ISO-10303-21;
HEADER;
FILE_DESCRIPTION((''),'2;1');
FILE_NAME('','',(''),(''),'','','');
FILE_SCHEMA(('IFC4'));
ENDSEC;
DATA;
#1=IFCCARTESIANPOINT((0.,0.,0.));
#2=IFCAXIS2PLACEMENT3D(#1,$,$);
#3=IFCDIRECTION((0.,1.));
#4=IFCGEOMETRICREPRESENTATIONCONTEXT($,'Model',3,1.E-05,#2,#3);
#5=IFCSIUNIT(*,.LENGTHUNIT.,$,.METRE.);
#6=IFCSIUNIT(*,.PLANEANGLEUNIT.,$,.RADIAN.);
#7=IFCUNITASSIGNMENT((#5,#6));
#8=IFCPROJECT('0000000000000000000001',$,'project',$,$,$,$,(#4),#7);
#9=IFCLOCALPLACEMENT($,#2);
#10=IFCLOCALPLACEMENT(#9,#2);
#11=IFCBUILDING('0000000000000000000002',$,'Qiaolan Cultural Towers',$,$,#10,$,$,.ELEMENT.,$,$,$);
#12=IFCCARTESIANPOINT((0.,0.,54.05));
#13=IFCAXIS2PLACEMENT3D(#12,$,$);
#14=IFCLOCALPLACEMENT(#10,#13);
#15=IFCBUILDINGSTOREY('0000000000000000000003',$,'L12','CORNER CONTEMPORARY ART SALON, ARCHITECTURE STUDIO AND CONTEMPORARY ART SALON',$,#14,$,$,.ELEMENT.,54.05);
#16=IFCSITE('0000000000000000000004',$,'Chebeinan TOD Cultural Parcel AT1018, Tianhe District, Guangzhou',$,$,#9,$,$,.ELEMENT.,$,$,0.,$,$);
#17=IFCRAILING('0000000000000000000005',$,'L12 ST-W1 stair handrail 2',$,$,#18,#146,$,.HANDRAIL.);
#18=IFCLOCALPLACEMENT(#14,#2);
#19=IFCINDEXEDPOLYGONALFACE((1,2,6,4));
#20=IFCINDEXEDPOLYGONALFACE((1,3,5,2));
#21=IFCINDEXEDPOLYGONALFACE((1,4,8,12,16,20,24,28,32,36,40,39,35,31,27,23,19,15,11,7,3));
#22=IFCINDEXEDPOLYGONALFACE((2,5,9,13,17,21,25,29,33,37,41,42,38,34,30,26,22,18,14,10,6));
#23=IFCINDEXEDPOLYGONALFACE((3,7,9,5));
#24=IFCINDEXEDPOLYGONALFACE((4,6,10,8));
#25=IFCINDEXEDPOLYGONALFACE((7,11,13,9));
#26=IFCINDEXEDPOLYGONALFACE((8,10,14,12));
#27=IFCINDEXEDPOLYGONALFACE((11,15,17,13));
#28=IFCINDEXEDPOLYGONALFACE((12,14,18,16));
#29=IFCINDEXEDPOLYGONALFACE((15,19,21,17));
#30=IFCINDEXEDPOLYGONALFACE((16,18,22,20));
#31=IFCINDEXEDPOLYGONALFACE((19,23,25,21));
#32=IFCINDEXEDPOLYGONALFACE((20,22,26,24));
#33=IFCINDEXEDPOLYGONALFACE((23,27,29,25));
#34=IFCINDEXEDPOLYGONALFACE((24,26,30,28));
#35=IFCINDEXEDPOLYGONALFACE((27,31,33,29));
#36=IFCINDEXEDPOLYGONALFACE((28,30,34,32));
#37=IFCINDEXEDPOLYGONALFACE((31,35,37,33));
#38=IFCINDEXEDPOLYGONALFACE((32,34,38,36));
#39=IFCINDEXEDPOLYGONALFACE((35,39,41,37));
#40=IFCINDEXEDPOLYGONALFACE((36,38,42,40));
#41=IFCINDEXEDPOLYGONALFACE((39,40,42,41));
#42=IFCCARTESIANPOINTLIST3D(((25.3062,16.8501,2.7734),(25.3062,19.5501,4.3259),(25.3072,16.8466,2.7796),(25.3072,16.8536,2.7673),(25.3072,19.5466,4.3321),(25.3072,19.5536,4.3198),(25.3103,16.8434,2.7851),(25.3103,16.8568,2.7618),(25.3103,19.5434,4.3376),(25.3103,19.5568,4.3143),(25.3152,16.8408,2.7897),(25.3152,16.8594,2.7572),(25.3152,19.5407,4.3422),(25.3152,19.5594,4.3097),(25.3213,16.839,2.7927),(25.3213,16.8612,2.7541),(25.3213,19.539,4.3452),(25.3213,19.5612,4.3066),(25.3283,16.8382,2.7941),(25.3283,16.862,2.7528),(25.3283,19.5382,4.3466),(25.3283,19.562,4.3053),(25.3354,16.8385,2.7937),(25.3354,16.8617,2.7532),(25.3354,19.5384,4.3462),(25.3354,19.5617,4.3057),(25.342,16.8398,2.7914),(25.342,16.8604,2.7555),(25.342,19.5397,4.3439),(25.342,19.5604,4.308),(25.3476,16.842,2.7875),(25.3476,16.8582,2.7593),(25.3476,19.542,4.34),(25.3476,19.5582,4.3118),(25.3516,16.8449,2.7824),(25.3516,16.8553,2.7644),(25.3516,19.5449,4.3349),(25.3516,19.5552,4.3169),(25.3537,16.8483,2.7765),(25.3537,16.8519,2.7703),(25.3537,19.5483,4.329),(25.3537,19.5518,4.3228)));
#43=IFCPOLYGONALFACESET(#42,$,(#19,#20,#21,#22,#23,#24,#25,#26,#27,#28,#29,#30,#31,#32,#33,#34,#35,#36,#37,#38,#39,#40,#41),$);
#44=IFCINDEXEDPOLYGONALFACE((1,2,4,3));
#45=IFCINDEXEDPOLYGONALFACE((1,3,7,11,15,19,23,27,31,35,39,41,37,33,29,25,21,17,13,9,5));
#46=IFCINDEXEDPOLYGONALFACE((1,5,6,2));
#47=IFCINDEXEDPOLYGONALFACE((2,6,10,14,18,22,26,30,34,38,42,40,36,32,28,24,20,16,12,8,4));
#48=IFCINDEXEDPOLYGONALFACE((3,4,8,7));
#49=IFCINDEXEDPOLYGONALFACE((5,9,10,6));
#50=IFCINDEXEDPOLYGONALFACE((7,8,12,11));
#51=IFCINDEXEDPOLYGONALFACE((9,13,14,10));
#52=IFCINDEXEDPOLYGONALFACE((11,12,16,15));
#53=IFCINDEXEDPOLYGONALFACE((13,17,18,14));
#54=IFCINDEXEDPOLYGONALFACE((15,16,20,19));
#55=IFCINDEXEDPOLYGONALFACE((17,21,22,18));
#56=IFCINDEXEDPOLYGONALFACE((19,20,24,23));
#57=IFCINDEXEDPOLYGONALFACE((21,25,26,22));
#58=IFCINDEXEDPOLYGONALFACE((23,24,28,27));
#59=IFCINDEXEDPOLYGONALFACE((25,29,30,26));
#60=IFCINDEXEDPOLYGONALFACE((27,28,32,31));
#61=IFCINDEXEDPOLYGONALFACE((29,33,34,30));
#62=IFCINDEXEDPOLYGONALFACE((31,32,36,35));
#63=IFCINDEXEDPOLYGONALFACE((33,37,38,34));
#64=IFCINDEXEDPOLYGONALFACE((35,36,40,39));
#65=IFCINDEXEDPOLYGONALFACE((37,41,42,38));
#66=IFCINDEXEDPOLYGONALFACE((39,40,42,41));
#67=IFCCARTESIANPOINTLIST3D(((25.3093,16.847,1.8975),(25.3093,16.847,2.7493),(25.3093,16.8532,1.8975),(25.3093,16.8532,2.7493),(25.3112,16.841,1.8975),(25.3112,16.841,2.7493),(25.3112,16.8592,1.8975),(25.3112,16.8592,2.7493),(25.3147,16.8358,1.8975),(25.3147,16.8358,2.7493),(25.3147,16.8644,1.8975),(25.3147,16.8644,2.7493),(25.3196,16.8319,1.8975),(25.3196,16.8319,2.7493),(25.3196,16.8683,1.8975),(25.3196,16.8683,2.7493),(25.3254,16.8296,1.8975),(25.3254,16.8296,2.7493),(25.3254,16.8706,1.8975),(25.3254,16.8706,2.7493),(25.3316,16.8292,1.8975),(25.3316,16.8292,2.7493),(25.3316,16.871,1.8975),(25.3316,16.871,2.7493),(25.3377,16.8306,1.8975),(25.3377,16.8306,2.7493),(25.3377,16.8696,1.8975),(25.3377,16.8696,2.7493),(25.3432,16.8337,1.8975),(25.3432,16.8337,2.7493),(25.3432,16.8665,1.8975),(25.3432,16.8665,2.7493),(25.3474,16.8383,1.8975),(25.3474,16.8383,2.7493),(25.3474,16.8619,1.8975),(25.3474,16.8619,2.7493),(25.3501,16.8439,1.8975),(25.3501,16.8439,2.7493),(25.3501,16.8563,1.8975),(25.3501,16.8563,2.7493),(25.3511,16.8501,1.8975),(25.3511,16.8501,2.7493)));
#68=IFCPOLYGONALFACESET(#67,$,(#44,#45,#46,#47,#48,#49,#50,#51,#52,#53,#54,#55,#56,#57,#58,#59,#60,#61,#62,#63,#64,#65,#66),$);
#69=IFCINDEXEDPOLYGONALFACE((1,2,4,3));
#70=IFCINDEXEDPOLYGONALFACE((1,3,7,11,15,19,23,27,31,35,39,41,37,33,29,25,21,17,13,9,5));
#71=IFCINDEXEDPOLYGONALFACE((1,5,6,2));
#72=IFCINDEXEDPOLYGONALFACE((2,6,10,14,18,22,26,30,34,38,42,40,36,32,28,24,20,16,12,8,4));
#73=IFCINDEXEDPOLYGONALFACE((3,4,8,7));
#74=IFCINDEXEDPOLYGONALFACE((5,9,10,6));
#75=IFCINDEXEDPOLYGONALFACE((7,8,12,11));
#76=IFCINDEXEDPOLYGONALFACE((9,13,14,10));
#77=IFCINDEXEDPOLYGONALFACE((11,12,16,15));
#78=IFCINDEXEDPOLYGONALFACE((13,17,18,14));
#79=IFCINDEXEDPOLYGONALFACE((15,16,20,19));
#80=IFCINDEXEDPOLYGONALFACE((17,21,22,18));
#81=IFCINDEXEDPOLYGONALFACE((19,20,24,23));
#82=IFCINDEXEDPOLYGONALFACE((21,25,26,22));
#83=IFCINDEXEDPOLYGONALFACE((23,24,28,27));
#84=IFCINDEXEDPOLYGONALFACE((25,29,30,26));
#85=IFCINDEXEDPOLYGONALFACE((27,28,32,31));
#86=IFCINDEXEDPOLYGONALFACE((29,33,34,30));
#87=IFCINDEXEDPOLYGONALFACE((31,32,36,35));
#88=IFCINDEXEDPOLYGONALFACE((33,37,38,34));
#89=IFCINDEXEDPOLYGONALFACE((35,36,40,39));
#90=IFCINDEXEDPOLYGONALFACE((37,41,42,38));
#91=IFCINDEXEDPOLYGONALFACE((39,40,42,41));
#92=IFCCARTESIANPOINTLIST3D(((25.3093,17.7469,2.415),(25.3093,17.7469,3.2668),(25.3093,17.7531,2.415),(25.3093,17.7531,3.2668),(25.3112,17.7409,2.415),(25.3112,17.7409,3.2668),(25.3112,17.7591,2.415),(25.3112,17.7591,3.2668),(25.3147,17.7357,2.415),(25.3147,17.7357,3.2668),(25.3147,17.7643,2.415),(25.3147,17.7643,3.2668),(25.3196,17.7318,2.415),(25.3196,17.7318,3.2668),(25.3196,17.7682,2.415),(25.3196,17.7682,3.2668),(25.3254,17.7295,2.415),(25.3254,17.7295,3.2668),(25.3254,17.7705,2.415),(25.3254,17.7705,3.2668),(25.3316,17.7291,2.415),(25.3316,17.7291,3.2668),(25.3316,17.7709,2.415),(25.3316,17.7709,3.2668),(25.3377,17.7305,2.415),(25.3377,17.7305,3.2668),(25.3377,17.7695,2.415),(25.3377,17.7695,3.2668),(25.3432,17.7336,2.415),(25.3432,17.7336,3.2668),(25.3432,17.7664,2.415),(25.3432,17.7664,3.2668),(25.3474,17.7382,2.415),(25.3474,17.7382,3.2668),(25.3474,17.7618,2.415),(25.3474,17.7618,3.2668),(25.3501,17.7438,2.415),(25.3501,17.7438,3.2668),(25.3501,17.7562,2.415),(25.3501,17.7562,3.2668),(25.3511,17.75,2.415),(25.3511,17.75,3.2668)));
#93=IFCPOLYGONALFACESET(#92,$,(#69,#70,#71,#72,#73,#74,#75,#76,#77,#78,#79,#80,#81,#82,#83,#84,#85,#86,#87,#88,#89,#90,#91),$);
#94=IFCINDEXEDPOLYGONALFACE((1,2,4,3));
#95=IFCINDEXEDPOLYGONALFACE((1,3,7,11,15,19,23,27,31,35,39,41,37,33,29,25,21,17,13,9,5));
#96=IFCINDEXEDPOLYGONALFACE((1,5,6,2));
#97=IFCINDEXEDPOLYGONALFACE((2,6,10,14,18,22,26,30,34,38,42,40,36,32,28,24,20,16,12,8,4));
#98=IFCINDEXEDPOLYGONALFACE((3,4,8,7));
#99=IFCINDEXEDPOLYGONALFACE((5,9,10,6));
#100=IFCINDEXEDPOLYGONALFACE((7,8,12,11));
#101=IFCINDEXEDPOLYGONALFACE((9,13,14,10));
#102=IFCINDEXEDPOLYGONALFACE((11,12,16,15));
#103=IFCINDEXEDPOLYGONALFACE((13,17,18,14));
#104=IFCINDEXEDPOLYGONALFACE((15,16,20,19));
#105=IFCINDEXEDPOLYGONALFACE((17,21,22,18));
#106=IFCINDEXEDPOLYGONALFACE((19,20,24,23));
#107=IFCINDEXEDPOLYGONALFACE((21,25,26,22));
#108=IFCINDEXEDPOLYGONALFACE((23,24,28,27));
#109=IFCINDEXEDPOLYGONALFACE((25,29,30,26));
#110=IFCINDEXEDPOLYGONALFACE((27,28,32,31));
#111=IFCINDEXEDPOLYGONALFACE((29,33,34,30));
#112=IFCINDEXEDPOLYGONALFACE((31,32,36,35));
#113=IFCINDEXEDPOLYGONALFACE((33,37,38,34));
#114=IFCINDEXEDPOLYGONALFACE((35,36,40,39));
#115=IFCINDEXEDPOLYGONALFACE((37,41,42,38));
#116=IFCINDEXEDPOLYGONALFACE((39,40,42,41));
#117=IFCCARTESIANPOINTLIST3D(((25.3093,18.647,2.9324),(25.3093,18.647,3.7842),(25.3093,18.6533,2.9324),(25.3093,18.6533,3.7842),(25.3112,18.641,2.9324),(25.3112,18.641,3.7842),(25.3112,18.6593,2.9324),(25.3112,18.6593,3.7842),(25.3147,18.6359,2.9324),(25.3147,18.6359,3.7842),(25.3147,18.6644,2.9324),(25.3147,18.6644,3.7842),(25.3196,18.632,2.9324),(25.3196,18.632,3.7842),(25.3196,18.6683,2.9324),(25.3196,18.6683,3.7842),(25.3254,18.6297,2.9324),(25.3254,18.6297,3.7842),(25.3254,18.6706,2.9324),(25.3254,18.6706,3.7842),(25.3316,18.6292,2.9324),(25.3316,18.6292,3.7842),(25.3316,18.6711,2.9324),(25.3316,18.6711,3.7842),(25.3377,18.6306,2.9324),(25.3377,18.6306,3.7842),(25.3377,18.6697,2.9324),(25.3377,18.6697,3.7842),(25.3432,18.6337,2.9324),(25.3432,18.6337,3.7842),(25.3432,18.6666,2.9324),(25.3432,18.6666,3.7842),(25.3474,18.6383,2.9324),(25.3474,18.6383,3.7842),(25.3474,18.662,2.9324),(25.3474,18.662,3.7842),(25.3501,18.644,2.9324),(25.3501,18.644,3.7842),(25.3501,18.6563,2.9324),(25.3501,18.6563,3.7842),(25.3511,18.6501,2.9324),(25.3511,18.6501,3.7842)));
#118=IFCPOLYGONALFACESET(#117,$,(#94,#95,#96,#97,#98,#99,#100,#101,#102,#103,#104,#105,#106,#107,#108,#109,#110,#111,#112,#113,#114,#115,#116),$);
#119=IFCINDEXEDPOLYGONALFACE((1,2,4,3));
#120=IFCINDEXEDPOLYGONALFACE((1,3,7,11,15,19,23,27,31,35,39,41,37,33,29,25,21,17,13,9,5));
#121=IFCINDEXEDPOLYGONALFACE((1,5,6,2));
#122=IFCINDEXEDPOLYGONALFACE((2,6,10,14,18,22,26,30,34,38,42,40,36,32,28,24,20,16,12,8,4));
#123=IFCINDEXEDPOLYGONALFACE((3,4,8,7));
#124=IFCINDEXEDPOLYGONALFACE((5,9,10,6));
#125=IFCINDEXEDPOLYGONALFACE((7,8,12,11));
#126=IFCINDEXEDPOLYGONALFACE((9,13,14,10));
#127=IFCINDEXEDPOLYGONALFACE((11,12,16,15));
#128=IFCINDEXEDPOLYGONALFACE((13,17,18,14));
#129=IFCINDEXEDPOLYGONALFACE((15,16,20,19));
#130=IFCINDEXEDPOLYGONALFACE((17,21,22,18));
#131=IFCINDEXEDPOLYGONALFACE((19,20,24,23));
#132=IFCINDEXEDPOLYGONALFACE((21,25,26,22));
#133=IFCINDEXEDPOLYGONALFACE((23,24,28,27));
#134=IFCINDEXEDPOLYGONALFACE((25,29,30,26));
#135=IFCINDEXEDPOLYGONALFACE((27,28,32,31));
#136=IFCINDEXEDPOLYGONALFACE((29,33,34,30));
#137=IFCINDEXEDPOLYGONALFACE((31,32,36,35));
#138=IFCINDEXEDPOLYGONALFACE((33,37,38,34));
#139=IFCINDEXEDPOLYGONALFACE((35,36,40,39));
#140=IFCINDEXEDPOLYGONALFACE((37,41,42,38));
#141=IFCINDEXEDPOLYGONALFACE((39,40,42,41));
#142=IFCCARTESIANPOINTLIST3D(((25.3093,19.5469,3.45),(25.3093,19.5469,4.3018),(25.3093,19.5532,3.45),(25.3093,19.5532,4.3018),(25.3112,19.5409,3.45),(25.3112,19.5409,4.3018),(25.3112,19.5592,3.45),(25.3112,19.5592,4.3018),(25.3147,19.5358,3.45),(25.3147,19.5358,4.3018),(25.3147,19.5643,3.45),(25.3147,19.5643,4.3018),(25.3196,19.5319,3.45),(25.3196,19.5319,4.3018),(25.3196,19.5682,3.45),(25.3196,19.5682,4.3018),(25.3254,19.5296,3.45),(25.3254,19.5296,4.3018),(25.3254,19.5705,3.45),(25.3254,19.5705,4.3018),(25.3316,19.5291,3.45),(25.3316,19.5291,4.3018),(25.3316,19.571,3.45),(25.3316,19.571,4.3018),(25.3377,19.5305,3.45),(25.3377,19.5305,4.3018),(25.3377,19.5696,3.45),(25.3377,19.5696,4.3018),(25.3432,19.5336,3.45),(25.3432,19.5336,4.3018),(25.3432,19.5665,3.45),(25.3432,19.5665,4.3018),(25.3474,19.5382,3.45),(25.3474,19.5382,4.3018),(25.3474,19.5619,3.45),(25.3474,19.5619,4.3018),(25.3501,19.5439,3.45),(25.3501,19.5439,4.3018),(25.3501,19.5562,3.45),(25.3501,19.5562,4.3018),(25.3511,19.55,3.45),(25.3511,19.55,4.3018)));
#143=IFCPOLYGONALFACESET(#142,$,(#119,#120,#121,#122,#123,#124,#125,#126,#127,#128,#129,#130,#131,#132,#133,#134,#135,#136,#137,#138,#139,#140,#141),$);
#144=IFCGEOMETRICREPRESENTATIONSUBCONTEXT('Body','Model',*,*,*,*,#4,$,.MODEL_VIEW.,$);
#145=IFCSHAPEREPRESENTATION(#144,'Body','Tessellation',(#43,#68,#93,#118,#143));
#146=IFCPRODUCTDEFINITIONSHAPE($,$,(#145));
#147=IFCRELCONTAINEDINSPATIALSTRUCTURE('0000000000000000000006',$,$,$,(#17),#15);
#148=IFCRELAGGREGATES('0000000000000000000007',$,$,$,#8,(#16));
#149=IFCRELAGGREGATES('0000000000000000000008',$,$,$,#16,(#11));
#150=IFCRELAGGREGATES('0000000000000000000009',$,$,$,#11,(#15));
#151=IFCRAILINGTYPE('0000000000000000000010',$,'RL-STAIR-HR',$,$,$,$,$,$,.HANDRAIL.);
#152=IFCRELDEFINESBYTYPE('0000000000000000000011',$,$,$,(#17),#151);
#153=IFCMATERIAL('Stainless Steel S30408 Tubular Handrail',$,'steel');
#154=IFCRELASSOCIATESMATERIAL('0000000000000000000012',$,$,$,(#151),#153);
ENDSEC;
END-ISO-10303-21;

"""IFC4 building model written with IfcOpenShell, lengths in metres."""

from ifc_helpers import new_model, si_unit, direction, frame, origin, origin_2d, place, context, subcontext, project, spatial, circle, extrude, material, type_object, element, save


model = new_model("IFC4")

# Units and contexts
model_context = context("Model", 3, precision=1e-05, world=origin(), true_north=direction((0.0, 1.0)))
body_context = subcontext(model_context, "Body", "Model", "MODEL_VIEW")
ifc_project = project(units=[si_unit("LENGTHUNIT", "METRE"), si_unit("PLANEANGLEUNIT", "RADIAN")], contexts=[model_context])

# Site, building, storey
site_placement = place(None, origin())
site = spatial("IfcSite", under=ifc_project, at=site_placement, Name="Chebeinan TOD Cultural Parcel AT1018, Tianhe District, Guangzhou", CompositionType="ELEMENT", RefElevation=0.0)
building_placement = place(site_placement, origin())
building = spatial("IfcBuilding", under=site, at=building_placement, Name="Qiaolan Cultural Towers", CompositionType="ELEMENT")
storey_placement = place(building_placement, frame((0.0, 0.0, 54.05)))
storey = spatial("IfcBuildingStorey", under=building, at=storey_placement, Name="L12", Description="CORNER CONTEMPORARY ART SALON, ARCHITECTURE STUDIO AND CONTEMPORARY ART SALON", CompositionType="ELEMENT", Elevation=54.05)

# Railing
ifc_material_1 = material(Name="Stainless Steel S30408 Tubular Handrail", Category="steel")
railing_type = type_object("IfcRailingType", Name="RL-STAIR-HR", PredefinedType="HANDRAIL", material=ifc_material_1)
railing_placement = place(storey_placement, frame((25.3301, 16.8501, 1.8975)))
element("IfcRailing", 1, at=railing_placement, inside=storey, type_object=railing_type, Name="L12 ST-W1 stair handrail 2", PredefinedType="HANDRAIL", context=body_context, shape_type="SweptSolid", body=[
    extrude(circle(Radius=0.0239, at=origin_2d()), frame((0.0, 0.0, 0.876), z_axis=(0.0, 0.866904, 0.498476), x_axis=(-1.0, 0.0, 0.0)), (0.0, 0.0, 1.0), 3.1145),
    extrude(circle(Radius=0.021, at=origin_2d()), origin(), (0.0, 0.0, 1.0), 0.8518),
    extrude(circle(Radius=0.021, at=origin_2d()), frame((0.0, 0.8999, 0.5176)), (0.0, 0.0, 1.0), 0.8518),
    extrude(circle(Radius=0.021, at=origin_2d()), frame((0.0, 1.8, 1.0349)), (0.0, 0.0, 1.0), 0.8518),
    extrude(circle(Radius=0.021, at=origin_2d()), frame((0.0, 2.7, 1.5525)), (0.0, 0.0, 1.0), 0.8518),
])

save(model, "model.ifc")
